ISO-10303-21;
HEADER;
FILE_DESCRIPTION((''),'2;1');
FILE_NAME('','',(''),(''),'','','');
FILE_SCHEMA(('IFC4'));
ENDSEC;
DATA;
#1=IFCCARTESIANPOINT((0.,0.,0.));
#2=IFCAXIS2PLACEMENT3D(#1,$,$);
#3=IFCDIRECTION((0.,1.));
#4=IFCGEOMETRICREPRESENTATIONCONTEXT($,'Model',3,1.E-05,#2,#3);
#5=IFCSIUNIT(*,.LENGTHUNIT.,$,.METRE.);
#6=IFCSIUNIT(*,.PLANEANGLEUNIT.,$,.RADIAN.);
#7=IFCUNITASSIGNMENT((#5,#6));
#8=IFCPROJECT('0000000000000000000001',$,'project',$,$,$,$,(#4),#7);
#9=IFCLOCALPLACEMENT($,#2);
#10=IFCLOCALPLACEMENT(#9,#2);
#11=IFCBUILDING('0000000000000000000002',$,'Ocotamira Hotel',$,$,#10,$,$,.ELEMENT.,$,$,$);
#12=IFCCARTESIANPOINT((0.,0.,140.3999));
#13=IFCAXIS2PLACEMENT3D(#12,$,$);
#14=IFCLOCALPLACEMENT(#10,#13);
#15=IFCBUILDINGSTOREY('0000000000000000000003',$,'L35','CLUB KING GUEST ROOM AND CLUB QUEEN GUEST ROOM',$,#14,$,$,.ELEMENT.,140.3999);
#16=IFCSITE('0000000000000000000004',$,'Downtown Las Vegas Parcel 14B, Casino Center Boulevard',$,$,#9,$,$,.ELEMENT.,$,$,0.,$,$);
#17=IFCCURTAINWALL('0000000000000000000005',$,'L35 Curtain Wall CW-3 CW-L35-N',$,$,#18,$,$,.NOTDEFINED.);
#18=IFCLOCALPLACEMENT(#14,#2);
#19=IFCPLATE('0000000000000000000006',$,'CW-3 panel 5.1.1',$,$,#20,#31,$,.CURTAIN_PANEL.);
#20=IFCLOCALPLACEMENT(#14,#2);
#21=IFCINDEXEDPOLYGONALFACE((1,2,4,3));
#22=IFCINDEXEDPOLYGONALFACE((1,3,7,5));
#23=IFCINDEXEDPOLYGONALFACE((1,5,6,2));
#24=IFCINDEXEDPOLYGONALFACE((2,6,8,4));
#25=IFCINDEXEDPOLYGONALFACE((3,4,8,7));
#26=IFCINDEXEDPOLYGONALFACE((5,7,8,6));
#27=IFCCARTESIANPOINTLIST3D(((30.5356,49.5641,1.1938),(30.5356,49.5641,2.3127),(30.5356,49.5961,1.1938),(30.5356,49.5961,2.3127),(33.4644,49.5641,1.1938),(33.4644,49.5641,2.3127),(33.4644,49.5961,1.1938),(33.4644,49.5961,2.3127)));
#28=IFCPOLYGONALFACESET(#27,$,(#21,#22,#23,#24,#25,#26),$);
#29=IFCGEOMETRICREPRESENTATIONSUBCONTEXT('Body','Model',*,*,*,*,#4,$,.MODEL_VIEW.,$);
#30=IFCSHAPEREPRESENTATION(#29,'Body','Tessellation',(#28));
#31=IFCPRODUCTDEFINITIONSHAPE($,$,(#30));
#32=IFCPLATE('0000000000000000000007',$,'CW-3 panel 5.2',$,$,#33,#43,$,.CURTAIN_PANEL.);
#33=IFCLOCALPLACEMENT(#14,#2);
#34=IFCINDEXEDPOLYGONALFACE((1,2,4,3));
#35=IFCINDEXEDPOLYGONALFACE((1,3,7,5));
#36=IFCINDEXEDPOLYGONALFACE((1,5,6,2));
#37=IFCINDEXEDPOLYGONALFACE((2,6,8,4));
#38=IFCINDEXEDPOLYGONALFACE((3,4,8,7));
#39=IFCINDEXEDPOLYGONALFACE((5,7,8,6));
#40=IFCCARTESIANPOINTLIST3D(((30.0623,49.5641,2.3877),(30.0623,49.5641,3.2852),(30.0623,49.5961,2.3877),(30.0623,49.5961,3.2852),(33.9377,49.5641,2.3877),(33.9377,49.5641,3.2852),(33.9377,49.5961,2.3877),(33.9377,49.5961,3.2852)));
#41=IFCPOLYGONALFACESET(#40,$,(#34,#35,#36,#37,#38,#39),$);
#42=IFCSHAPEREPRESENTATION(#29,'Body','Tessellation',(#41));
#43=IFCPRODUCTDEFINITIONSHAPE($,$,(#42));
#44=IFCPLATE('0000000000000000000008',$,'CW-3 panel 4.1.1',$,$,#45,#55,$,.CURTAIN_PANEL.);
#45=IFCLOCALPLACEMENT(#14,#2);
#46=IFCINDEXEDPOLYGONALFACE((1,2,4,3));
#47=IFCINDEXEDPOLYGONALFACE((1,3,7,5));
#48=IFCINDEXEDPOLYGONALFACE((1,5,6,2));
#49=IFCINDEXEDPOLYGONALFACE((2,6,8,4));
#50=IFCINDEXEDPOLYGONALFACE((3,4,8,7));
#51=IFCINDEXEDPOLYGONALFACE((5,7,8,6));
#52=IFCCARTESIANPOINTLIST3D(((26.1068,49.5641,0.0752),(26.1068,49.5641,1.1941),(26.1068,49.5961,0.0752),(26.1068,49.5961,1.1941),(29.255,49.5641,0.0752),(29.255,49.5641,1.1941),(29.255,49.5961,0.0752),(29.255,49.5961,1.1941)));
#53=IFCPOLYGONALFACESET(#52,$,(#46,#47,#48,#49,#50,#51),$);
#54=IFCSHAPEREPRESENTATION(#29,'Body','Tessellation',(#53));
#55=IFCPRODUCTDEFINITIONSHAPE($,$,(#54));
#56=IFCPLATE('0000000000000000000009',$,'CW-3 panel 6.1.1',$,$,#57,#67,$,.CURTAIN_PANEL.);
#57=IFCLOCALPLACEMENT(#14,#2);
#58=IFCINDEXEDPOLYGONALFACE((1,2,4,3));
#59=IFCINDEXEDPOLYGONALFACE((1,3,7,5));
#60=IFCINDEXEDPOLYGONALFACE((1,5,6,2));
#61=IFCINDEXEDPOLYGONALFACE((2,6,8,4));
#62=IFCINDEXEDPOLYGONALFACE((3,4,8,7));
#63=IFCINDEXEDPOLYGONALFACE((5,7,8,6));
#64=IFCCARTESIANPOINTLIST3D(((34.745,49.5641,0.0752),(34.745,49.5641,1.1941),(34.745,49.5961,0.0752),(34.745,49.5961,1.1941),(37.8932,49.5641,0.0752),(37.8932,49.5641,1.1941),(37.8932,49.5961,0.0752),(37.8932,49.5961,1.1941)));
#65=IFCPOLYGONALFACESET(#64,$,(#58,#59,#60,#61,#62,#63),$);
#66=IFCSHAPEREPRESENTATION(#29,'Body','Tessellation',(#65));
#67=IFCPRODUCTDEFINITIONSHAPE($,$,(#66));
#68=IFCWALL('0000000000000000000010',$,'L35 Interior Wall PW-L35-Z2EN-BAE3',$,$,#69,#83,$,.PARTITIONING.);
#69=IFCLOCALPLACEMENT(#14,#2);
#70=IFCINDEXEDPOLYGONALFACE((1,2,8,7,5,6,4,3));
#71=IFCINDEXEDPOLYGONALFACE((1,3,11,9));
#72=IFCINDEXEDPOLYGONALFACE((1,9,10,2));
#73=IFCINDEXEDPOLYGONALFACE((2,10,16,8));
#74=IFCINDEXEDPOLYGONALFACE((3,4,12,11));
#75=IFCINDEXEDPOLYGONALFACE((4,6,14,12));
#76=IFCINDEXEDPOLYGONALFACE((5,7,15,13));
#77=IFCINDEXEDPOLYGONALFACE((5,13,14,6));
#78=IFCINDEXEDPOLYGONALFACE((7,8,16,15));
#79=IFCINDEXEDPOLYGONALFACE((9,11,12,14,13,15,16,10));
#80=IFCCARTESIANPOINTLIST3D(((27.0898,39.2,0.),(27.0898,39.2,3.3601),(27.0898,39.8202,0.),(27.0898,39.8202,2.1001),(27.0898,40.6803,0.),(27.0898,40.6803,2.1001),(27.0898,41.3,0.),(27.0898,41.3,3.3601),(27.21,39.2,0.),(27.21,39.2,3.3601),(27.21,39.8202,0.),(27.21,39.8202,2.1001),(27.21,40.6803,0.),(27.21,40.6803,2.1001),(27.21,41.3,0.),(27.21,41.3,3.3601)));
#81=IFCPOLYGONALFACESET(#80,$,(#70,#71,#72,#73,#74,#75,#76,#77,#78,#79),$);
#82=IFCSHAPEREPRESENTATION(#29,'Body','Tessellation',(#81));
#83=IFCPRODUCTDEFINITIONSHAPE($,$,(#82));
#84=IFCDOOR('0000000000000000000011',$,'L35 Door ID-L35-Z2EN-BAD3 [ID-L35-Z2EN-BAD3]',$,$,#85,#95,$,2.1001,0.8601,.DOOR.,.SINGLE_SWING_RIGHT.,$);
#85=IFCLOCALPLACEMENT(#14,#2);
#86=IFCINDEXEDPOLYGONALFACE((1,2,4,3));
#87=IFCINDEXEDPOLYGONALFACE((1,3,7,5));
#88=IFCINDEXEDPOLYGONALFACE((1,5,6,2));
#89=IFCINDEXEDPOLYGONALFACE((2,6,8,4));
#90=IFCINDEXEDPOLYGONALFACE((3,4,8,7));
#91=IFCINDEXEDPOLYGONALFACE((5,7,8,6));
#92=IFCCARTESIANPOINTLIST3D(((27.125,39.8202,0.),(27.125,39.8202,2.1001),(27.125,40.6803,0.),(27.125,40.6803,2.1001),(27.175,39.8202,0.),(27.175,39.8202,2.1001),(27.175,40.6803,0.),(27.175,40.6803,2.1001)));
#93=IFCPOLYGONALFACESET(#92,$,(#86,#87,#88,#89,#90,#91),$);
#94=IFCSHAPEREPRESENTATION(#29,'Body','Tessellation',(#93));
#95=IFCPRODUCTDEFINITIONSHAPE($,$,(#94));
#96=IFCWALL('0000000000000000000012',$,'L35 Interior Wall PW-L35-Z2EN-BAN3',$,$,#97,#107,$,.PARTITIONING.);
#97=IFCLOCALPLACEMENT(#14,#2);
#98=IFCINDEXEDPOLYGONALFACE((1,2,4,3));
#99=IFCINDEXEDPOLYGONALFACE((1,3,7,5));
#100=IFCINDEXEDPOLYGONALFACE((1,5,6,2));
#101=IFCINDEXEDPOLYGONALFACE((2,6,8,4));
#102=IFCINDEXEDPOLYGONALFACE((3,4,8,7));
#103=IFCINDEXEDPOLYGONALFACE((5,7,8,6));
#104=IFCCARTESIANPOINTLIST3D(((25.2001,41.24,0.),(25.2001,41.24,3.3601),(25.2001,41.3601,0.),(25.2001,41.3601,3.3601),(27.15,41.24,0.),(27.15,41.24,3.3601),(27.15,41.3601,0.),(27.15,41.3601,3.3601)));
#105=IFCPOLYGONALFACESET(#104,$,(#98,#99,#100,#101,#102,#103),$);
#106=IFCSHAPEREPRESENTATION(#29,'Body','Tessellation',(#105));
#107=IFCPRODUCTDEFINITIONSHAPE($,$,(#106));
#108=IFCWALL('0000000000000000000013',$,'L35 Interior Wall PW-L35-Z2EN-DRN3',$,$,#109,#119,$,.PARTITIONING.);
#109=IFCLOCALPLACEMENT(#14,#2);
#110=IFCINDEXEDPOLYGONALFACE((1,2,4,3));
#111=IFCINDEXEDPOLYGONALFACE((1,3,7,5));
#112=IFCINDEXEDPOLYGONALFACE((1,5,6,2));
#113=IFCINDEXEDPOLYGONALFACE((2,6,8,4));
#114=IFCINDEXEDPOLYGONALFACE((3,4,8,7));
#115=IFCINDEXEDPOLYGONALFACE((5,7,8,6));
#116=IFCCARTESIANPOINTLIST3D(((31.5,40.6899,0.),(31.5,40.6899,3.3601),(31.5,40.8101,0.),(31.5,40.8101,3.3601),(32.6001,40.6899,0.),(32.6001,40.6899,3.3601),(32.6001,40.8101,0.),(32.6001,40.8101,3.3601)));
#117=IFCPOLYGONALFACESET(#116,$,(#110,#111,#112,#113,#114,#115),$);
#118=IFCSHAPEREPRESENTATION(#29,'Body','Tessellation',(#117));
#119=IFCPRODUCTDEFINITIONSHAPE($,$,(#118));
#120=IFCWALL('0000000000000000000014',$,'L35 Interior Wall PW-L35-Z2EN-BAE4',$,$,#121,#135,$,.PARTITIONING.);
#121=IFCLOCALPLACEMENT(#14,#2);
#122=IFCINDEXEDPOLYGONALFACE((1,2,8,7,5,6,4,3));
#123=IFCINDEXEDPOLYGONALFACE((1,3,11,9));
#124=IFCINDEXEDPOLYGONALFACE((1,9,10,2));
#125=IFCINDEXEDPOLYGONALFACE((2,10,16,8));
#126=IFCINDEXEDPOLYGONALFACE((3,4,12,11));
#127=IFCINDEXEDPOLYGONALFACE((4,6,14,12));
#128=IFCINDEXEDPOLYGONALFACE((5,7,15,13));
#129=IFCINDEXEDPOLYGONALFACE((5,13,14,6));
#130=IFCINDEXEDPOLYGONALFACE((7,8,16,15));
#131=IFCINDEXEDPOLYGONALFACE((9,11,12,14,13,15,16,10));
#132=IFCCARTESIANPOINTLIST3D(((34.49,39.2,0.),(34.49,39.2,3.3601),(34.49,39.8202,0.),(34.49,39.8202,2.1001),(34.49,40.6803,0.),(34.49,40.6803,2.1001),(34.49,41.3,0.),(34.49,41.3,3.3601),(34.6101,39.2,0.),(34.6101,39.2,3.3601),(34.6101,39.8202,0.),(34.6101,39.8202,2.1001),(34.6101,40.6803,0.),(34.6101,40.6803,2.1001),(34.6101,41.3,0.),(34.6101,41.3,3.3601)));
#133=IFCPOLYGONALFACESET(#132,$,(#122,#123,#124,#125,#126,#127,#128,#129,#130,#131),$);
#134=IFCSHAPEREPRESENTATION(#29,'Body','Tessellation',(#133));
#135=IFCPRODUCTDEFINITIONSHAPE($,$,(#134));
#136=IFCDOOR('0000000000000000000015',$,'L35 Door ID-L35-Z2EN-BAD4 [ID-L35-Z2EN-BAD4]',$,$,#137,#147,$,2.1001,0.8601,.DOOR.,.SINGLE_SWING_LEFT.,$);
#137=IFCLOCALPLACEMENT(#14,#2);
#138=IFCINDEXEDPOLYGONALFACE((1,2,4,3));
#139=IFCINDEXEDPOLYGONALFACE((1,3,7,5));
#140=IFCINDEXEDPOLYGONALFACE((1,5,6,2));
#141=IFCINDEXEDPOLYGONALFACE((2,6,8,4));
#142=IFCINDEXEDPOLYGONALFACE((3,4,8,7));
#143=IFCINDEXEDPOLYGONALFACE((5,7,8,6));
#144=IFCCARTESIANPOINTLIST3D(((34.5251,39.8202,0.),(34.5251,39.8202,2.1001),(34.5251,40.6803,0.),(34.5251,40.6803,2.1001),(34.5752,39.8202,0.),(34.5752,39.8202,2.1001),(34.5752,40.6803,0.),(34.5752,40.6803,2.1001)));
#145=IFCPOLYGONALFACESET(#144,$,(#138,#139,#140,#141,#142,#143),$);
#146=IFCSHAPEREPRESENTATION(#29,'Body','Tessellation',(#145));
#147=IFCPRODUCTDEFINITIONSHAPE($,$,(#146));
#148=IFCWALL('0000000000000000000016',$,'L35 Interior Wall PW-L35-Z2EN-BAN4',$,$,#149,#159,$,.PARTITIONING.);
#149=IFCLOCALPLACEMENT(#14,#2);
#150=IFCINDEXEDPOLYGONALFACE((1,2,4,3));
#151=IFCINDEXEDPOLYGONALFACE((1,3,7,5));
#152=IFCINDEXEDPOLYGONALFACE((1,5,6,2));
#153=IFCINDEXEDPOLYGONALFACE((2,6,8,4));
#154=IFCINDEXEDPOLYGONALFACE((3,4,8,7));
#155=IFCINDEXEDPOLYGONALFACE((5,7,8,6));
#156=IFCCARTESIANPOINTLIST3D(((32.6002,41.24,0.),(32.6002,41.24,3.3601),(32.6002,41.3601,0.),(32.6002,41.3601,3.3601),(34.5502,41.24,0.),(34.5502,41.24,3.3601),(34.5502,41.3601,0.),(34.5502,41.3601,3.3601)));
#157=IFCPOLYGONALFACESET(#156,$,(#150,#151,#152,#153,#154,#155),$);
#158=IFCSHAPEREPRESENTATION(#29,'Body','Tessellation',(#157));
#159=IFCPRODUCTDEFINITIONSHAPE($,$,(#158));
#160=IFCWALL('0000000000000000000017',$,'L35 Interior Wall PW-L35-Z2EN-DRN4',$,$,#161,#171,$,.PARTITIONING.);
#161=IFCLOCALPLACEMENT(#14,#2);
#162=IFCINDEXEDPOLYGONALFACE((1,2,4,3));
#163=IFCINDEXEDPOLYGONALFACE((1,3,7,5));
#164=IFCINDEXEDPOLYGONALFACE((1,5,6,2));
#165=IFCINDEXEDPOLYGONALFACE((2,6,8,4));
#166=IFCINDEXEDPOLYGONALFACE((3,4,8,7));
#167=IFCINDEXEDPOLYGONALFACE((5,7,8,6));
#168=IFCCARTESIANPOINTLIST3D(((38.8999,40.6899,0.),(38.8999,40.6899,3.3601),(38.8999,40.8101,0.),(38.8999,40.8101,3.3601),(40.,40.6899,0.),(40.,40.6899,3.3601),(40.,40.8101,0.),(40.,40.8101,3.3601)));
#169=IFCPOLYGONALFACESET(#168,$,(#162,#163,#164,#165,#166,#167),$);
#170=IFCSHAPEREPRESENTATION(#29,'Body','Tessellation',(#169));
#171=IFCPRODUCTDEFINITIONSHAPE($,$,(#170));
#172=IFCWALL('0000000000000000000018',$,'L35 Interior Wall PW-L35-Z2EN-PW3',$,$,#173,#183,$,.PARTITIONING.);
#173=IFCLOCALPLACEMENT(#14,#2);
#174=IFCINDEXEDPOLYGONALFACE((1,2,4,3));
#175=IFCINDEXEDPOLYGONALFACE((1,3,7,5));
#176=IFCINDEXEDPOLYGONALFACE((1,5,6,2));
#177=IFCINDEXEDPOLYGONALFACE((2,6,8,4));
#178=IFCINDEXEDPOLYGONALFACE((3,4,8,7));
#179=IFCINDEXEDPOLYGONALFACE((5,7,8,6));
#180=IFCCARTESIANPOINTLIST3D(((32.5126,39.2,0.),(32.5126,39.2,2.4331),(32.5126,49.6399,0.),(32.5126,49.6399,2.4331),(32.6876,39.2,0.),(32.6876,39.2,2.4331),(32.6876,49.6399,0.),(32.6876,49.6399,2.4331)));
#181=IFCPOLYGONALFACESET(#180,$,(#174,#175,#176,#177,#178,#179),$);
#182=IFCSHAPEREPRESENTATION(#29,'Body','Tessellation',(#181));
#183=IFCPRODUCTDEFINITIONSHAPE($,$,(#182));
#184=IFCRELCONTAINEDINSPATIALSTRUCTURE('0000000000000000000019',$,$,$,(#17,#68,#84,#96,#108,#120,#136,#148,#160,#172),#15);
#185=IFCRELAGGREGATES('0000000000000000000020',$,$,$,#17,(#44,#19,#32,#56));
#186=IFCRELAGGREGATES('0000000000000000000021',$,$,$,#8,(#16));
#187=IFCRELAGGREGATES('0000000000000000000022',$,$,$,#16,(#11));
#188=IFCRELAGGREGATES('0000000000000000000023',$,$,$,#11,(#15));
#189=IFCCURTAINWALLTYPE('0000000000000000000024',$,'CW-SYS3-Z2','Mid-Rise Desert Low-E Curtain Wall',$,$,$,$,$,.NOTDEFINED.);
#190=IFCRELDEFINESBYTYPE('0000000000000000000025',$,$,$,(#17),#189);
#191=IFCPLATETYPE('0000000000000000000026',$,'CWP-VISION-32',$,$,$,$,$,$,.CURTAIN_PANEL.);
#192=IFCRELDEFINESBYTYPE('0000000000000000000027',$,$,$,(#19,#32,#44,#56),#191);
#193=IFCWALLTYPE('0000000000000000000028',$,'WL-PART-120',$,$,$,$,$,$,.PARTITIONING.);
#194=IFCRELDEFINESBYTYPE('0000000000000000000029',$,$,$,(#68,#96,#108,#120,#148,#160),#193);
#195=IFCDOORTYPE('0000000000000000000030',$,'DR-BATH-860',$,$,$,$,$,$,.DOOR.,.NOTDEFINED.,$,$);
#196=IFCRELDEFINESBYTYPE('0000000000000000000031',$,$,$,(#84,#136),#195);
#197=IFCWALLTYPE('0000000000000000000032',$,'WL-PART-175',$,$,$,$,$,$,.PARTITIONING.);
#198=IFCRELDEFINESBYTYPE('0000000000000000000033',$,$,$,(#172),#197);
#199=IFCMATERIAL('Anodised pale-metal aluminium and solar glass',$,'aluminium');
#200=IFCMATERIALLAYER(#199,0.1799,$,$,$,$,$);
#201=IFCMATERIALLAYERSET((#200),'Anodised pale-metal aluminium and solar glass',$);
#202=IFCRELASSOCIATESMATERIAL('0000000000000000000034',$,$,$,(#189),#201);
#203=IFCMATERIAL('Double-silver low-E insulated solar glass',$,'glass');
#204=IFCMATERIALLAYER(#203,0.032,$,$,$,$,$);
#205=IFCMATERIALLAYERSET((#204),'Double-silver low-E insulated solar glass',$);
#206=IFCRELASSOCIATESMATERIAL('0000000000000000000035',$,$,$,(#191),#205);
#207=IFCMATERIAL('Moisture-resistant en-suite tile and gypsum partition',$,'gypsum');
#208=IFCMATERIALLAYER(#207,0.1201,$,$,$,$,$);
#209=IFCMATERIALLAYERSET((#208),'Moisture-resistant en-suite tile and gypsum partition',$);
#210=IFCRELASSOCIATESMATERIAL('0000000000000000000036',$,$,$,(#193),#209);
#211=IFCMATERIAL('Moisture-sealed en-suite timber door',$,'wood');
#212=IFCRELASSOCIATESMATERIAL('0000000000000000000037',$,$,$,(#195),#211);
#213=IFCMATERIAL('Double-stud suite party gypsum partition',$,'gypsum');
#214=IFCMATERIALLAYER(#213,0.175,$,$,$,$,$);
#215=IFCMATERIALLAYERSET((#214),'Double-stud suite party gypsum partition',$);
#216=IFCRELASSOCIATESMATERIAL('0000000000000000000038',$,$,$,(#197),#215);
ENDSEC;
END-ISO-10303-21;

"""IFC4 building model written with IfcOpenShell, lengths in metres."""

from ifc_helpers import new_model, si_unit, direction, frame, frame_2d, origin, origin_2d, place, context, subcontext, project, spatial, rectangle, extrude, source, transform, mapped, material, layer, layer_set, type_object, element, fill, aggregate, save


model = new_model("IFC4")

# Units and contexts
model_context = context("Model", 3, precision=1e-05, world=origin(), true_north=direction((0.0, 1.0)))
body_context = subcontext(model_context, "Body", "Model", "MODEL_VIEW")
ifc_project = project(units=[si_unit("LENGTHUNIT", "METRE"), si_unit("PLANEANGLEUNIT", "RADIAN")], contexts=[model_context])

# Site, building, storey
site_placement = place(None, origin())
site = spatial("IfcSite", under=ifc_project, at=site_placement, Name="Downtown Las Vegas Parcel 14B, Casino Center Boulevard", CompositionType="ELEMENT", RefElevation=0.0)
building_placement = place(site_placement, origin())
building = spatial("IfcBuilding", under=site, at=building_placement, Name="Ocotamira Hotel", CompositionType="ELEMENT")
storey_placement = place(building_placement, frame((0.0, 0.0, 140.3999)))
storey = spatial("IfcBuildingStorey", under=building, at=storey_placement, Name="L35", Description="CLUB KING GUEST ROOM AND CLUB QUEEN GUEST ROOM", CompositionType="ELEMENT", Elevation=140.3999)

# Curtain wall
ifc_material_1 = material(Name="Anodised pale-metal aluminium and solar glass", Category="aluminium")
ifc_layer_1 = layer(ifc_material_1, 0.1799)
ifc_layer_set_1 = layer_set([ifc_layer_1], Name="Anodised pale-metal aluminium and solar glass")
curtain_wall_type = type_object("IfcCurtainWallType", Name="CW-SYS3-Z2", Description="Mid-Rise Desert Low-E Curtain Wall", PredefinedType="NOTDEFINED", material=ifc_layer_set_1)
curtain_wall_placement = place(storey_placement, origin())
curtain_wall = element("IfcCurtainWall", 1, at=curtain_wall_placement, inside=storey, type_object=curtain_wall_type, Name="L35 Curtain Wall CW-3 CW-L35-N", PredefinedType="NOTDEFINED")

# Plates
ifc_material_2 = material(Name="Double-silver low-E insulated solar glass", Category="glass")
ifc_layer_2 = layer(ifc_material_2, 0.032)
ifc_layer_set_2 = layer_set([ifc_layer_2], Name="Double-silver low-E insulated solar glass")
plate_type_1 = type_object("IfcPlateType", Name="CWP-VISION-32", PredefinedType="CURTAIN_PANEL", material=ifc_layer_set_2)
shared_shape_1 = source(origin(), body_context, "Body", "SweptSolid", [
    extrude(rectangle(XDim=2.9287, YDim=0.032, at=origin_2d()), origin(), (0.0, 0.0, 1.0), 1.1189),
])
plate_1_placement = place(storey_placement, frame((32.0, 49.5801, 1.1938), z_axis=(0.0, 0.0, 1.0), x_axis=(1.0, 0.0, 0.0)))
plate_1 = element("IfcPlate", 2, at=plate_1_placement, type_object=plate_type_1, Name="CW-3 panel 5.1.1", PredefinedType="CURTAIN_PANEL", context=body_context, shape_type="MappedRepresentation", body=[
    mapped(shared_shape_1, transform((0.0, 0.0, 0.0), scale=1.0)),
])
shared_shape_2 = source(origin(), body_context, "Body", "SweptSolid", [
    extrude(rectangle(XDim=3.8755, YDim=0.032, at=origin_2d()), origin(), (0.0, 0.0, 1.0), 0.8975),
])
plate_2_placement = place(storey_placement, frame((32.0, 49.5801, 2.3877), z_axis=(0.0, 0.0, 1.0), x_axis=(1.0, 0.0, 0.0)))
plate_2 = element("IfcPlate", 3, at=plate_2_placement, type_object=plate_type_1, Name="CW-3 panel 5.2", PredefinedType="CURTAIN_PANEL", context=body_context, shape_type="MappedRepresentation", body=[
    mapped(shared_shape_2, transform((0.0, 0.0, 0.0), scale=1.0)),
])
shared_shape_3 = source(origin(), body_context, "Body", "SweptSolid", [
    extrude(rectangle(XDim=3.1482, YDim=0.032, at=origin_2d()), origin(), (0.0, 0.0, 1.0), 1.1189),
])
plate_3_placement = place(storey_placement, frame((27.6809, 49.5801, 0.0752), z_axis=(0.0, 0.0, 1.0), x_axis=(1.0, 0.0, 0.0)))
plate_3 = element("IfcPlate", 4, at=plate_3_placement, type_object=plate_type_1, Name="CW-3 panel 4.1.1", PredefinedType="CURTAIN_PANEL", context=body_context, shape_type="MappedRepresentation", body=[
    mapped(shared_shape_3, transform((0.0, 0.0, 0.0), scale=1.0)),
])
plate_4_placement = place(storey_placement, frame((36.3191, 49.5801, 0.0752), z_axis=(0.0, 0.0, 1.0), x_axis=(1.0, 0.0, 0.0)))
plate_4 = element("IfcPlate", 5, at=plate_4_placement, type_object=plate_type_1, Name="CW-3 panel 6.1.1", PredefinedType="CURTAIN_PANEL", context=body_context, shape_type="MappedRepresentation", body=[
    mapped(shared_shape_3, transform((0.0, 0.0, 0.0), scale=1.0)),
])
aggregate(curtain_wall, [plate_3, plate_1, plate_2, plate_4])

# Wall, opening, door
ifc_material_3 = material(Name="Moisture-resistant en-suite tile and gypsum partition", Category="gypsum")
ifc_layer_3 = layer(ifc_material_3, 0.1201)
ifc_layer_set_3 = layer_set([ifc_layer_3], Name="Moisture-resistant en-suite tile and gypsum partition")
wall_type_1 = type_object("IfcWallType", Name="WL-PART-120", PredefinedType="PARTITIONING", material=ifc_layer_set_3)
wall_1_placement = place(storey_placement, frame((27.1499, 39.2, 0.0), z_axis=(0.0, 0.0, 1.0), x_axis=(0.0, 1.0, 0.0)))
wall_1 = element("IfcWall", 6, at=wall_1_placement, inside=storey, type_object=wall_type_1, Name="L35 Interior Wall PW-L35-Z2EN-BAE3", PredefinedType="PARTITIONING", context=body_context, shape_type="SweptSolid", body=[
    extrude(rectangle(XDim=2.1001, YDim=0.1201, at=frame_2d((1.05, 0.0))), origin(), (0.0, 0.0, 1.0), 3.3601),
])
opening_1_placement = place(wall_1_placement, frame((0.6201, 0.0, 0.0)))
opening_1 = element("IfcOpeningElement", 7, at=opening_1_placement, cuts=wall_1, PredefinedType="OPENING", context=body_context, shape_type="SweptSolid", body=[
    extrude(rectangle(XDim=0.8601, YDim=2.1001, at=frame_2d((0.4302, 1.05))), frame((0.0, 0.0701, 0.0), z_axis=(0.0, -1.0, 0.0), x_axis=(1.0, 0.0, 0.0)), (0.0, 0.0, 1.0), 0.1401),
])
ifc_material_4 = material(Name="Moisture-sealed en-suite timber door", Category="wood")
door_type = type_object("IfcDoorType", Name="DR-BATH-860", OperationType="NOTDEFINED", PredefinedType="DOOR", material=ifc_material_4)
shared_shape_4 = source(origin(), body_context, "Body", "SweptSolid", [
    extrude(rectangle(XDim=0.8601, YDim=2.1001, at=frame_2d((0.4302, 1.05))), frame((0.0, 0.0249, 0.0), z_axis=(0.0, -1.0, 0.0), x_axis=(1.0, 0.0, 0.0)), (0.0, 0.0, 1.0), 0.05),
])
door_1_placement = place(opening_1_placement, origin())
door_1 = element("IfcDoor", 8, at=door_1_placement, inside=storey, type_object=door_type, Name="L35 Door ID-L35-Z2EN-BAD3 [ID-L35-Z2EN-BAD3]", OperationType="SINGLE_SWING_RIGHT", OverallHeight=2.1001, OverallWidth=0.8601, PredefinedType="DOOR", context=body_context, shape_type="MappedRepresentation", body=[
    mapped(shared_shape_4, transform((0.0, 0.0, 0.0), scale=1.0)),
])
fill(opening_1, door_1)

# Walls
wall_2_placement = place(storey_placement, frame((25.2, 41.3, 0.0), z_axis=(0.0, 0.0, 1.0), x_axis=(1.0, 0.0, 0.0)))
element("IfcWall", 9, at=wall_2_placement, inside=storey, type_object=wall_type_1, Name="L35 Interior Wall PW-L35-Z2EN-BAN3", PredefinedType="PARTITIONING", context=body_context, shape_type="SweptSolid", body=[
    extrude(rectangle(XDim=1.95, YDim=0.1201, at=frame_2d((0.9751, 0.0))), origin(), (0.0, 0.0, 1.0), 3.3601),
])
wall_3_placement = place(storey_placement, frame((31.5, 40.75, 0.0), z_axis=(0.0, 0.0, 1.0), x_axis=(1.0, 0.0, 0.0)))
element("IfcWall", 10, at=wall_3_placement, inside=storey, type_object=wall_type_1, Name="L35 Interior Wall PW-L35-Z2EN-DRN3", PredefinedType="PARTITIONING", context=body_context, shape_type="SweptSolid", body=[
    extrude(rectangle(XDim=1.1001, YDim=0.1201, at=frame_2d((0.55, 0.0))), origin(), (0.0, 0.0, 1.0), 3.3601),
])

# Wall, opening, door
wall_4_placement = place(storey_placement, frame((34.55, 39.2, 0.0), z_axis=(0.0, 0.0, 1.0), x_axis=(0.0, 1.0, 0.0)))
wall_4 = element("IfcWall", 11, at=wall_4_placement, inside=storey, type_object=wall_type_1, Name="L35 Interior Wall PW-L35-Z2EN-BAE4", PredefinedType="PARTITIONING", context=body_context, shape_type="SweptSolid", body=[
    extrude(rectangle(XDim=2.1001, YDim=0.1201, at=frame_2d((1.05, 0.0))), origin(), (0.0, 0.0, 1.0), 3.3601),
])
opening_2_placement = place(wall_4_placement, frame((0.6201, 0.0, 0.0)))
opening_2 = element("IfcOpeningElement", 12, at=opening_2_placement, cuts=wall_4, PredefinedType="OPENING", context=body_context, shape_type="SweptSolid", body=[
    extrude(rectangle(XDim=0.8601, YDim=2.1001, at=frame_2d((0.4302, 1.05))), frame((0.0, 0.0701, 0.0), z_axis=(0.0, -1.0, 0.0), x_axis=(1.0, 0.0, 0.0)), (0.0, 0.0, 1.0), 0.1401),
])
door_2_placement = place(opening_2_placement, origin())
door_2 = element("IfcDoor", 13, at=door_2_placement, inside=storey, type_object=door_type, Name="L35 Door ID-L35-Z2EN-BAD4 [ID-L35-Z2EN-BAD4]", OperationType="SINGLE_SWING_LEFT", OverallHeight=2.1001, OverallWidth=0.8601, PredefinedType="DOOR", context=body_context, shape_type="MappedRepresentation", body=[
    mapped(shared_shape_4, transform((0.0, 0.0, 0.0), scale=1.0)),
])
fill(opening_2, door_2)

# Walls
wall_5_placement = place(storey_placement, frame((32.6001, 41.3, 0.0), z_axis=(0.0, 0.0, 1.0), x_axis=(1.0, 0.0, 0.0)))
element("IfcWall", 14, at=wall_5_placement, inside=storey, type_object=wall_type_1, Name="L35 Interior Wall PW-L35-Z2EN-BAN4", PredefinedType="PARTITIONING", context=body_context, shape_type="SweptSolid", body=[
    extrude(rectangle(XDim=1.95, YDim=0.1201, at=frame_2d((0.9751, 0.0))), origin(), (0.0, 0.0, 1.0), 3.3601),
])
wall_6_placement = place(storey_placement, frame((38.8999, 40.75, 0.0), z_axis=(0.0, 0.0, 1.0), x_axis=(1.0, 0.0, 0.0)))
element("IfcWall", 15, at=wall_6_placement, inside=storey, type_object=wall_type_1, Name="L35 Interior Wall PW-L35-Z2EN-DRN4", PredefinedType="PARTITIONING", context=body_context, shape_type="SweptSolid", body=[
    extrude(rectangle(XDim=1.1001, YDim=0.1201, at=frame_2d((0.55, 0.0))), origin(), (0.0, 0.0, 1.0), 3.3601),
])
ifc_material_5 = material(Name="Double-stud suite party gypsum partition", Category="gypsum")
ifc_layer_4 = layer(ifc_material_5, 0.175)
ifc_layer_set_4 = layer_set([ifc_layer_4], Name="Double-stud suite party gypsum partition")
wall_type_2 = type_object("IfcWallType", Name="WL-PART-175", PredefinedType="PARTITIONING", material=ifc_layer_set_4)
wall_7_placement = place(storey_placement, frame((32.6001, 39.2, 0.0), z_axis=(0.0, 0.0, 1.0), x_axis=(0.0, 1.0, 0.0)))
element("IfcWall", 16, at=wall_7_placement, inside=storey, type_object=wall_type_2, Name="L35 Interior Wall PW-L35-Z2EN-PW3", PredefinedType="PARTITIONING", context=body_context, shape_type="SweptSolid", body=[
    extrude(rectangle(XDim=10.4399, YDim=0.175, at=frame_2d((5.22, 0.0))), origin(), (0.0, 0.0, 1.0), 2.4331),
])

save(model, "model.ifc")
